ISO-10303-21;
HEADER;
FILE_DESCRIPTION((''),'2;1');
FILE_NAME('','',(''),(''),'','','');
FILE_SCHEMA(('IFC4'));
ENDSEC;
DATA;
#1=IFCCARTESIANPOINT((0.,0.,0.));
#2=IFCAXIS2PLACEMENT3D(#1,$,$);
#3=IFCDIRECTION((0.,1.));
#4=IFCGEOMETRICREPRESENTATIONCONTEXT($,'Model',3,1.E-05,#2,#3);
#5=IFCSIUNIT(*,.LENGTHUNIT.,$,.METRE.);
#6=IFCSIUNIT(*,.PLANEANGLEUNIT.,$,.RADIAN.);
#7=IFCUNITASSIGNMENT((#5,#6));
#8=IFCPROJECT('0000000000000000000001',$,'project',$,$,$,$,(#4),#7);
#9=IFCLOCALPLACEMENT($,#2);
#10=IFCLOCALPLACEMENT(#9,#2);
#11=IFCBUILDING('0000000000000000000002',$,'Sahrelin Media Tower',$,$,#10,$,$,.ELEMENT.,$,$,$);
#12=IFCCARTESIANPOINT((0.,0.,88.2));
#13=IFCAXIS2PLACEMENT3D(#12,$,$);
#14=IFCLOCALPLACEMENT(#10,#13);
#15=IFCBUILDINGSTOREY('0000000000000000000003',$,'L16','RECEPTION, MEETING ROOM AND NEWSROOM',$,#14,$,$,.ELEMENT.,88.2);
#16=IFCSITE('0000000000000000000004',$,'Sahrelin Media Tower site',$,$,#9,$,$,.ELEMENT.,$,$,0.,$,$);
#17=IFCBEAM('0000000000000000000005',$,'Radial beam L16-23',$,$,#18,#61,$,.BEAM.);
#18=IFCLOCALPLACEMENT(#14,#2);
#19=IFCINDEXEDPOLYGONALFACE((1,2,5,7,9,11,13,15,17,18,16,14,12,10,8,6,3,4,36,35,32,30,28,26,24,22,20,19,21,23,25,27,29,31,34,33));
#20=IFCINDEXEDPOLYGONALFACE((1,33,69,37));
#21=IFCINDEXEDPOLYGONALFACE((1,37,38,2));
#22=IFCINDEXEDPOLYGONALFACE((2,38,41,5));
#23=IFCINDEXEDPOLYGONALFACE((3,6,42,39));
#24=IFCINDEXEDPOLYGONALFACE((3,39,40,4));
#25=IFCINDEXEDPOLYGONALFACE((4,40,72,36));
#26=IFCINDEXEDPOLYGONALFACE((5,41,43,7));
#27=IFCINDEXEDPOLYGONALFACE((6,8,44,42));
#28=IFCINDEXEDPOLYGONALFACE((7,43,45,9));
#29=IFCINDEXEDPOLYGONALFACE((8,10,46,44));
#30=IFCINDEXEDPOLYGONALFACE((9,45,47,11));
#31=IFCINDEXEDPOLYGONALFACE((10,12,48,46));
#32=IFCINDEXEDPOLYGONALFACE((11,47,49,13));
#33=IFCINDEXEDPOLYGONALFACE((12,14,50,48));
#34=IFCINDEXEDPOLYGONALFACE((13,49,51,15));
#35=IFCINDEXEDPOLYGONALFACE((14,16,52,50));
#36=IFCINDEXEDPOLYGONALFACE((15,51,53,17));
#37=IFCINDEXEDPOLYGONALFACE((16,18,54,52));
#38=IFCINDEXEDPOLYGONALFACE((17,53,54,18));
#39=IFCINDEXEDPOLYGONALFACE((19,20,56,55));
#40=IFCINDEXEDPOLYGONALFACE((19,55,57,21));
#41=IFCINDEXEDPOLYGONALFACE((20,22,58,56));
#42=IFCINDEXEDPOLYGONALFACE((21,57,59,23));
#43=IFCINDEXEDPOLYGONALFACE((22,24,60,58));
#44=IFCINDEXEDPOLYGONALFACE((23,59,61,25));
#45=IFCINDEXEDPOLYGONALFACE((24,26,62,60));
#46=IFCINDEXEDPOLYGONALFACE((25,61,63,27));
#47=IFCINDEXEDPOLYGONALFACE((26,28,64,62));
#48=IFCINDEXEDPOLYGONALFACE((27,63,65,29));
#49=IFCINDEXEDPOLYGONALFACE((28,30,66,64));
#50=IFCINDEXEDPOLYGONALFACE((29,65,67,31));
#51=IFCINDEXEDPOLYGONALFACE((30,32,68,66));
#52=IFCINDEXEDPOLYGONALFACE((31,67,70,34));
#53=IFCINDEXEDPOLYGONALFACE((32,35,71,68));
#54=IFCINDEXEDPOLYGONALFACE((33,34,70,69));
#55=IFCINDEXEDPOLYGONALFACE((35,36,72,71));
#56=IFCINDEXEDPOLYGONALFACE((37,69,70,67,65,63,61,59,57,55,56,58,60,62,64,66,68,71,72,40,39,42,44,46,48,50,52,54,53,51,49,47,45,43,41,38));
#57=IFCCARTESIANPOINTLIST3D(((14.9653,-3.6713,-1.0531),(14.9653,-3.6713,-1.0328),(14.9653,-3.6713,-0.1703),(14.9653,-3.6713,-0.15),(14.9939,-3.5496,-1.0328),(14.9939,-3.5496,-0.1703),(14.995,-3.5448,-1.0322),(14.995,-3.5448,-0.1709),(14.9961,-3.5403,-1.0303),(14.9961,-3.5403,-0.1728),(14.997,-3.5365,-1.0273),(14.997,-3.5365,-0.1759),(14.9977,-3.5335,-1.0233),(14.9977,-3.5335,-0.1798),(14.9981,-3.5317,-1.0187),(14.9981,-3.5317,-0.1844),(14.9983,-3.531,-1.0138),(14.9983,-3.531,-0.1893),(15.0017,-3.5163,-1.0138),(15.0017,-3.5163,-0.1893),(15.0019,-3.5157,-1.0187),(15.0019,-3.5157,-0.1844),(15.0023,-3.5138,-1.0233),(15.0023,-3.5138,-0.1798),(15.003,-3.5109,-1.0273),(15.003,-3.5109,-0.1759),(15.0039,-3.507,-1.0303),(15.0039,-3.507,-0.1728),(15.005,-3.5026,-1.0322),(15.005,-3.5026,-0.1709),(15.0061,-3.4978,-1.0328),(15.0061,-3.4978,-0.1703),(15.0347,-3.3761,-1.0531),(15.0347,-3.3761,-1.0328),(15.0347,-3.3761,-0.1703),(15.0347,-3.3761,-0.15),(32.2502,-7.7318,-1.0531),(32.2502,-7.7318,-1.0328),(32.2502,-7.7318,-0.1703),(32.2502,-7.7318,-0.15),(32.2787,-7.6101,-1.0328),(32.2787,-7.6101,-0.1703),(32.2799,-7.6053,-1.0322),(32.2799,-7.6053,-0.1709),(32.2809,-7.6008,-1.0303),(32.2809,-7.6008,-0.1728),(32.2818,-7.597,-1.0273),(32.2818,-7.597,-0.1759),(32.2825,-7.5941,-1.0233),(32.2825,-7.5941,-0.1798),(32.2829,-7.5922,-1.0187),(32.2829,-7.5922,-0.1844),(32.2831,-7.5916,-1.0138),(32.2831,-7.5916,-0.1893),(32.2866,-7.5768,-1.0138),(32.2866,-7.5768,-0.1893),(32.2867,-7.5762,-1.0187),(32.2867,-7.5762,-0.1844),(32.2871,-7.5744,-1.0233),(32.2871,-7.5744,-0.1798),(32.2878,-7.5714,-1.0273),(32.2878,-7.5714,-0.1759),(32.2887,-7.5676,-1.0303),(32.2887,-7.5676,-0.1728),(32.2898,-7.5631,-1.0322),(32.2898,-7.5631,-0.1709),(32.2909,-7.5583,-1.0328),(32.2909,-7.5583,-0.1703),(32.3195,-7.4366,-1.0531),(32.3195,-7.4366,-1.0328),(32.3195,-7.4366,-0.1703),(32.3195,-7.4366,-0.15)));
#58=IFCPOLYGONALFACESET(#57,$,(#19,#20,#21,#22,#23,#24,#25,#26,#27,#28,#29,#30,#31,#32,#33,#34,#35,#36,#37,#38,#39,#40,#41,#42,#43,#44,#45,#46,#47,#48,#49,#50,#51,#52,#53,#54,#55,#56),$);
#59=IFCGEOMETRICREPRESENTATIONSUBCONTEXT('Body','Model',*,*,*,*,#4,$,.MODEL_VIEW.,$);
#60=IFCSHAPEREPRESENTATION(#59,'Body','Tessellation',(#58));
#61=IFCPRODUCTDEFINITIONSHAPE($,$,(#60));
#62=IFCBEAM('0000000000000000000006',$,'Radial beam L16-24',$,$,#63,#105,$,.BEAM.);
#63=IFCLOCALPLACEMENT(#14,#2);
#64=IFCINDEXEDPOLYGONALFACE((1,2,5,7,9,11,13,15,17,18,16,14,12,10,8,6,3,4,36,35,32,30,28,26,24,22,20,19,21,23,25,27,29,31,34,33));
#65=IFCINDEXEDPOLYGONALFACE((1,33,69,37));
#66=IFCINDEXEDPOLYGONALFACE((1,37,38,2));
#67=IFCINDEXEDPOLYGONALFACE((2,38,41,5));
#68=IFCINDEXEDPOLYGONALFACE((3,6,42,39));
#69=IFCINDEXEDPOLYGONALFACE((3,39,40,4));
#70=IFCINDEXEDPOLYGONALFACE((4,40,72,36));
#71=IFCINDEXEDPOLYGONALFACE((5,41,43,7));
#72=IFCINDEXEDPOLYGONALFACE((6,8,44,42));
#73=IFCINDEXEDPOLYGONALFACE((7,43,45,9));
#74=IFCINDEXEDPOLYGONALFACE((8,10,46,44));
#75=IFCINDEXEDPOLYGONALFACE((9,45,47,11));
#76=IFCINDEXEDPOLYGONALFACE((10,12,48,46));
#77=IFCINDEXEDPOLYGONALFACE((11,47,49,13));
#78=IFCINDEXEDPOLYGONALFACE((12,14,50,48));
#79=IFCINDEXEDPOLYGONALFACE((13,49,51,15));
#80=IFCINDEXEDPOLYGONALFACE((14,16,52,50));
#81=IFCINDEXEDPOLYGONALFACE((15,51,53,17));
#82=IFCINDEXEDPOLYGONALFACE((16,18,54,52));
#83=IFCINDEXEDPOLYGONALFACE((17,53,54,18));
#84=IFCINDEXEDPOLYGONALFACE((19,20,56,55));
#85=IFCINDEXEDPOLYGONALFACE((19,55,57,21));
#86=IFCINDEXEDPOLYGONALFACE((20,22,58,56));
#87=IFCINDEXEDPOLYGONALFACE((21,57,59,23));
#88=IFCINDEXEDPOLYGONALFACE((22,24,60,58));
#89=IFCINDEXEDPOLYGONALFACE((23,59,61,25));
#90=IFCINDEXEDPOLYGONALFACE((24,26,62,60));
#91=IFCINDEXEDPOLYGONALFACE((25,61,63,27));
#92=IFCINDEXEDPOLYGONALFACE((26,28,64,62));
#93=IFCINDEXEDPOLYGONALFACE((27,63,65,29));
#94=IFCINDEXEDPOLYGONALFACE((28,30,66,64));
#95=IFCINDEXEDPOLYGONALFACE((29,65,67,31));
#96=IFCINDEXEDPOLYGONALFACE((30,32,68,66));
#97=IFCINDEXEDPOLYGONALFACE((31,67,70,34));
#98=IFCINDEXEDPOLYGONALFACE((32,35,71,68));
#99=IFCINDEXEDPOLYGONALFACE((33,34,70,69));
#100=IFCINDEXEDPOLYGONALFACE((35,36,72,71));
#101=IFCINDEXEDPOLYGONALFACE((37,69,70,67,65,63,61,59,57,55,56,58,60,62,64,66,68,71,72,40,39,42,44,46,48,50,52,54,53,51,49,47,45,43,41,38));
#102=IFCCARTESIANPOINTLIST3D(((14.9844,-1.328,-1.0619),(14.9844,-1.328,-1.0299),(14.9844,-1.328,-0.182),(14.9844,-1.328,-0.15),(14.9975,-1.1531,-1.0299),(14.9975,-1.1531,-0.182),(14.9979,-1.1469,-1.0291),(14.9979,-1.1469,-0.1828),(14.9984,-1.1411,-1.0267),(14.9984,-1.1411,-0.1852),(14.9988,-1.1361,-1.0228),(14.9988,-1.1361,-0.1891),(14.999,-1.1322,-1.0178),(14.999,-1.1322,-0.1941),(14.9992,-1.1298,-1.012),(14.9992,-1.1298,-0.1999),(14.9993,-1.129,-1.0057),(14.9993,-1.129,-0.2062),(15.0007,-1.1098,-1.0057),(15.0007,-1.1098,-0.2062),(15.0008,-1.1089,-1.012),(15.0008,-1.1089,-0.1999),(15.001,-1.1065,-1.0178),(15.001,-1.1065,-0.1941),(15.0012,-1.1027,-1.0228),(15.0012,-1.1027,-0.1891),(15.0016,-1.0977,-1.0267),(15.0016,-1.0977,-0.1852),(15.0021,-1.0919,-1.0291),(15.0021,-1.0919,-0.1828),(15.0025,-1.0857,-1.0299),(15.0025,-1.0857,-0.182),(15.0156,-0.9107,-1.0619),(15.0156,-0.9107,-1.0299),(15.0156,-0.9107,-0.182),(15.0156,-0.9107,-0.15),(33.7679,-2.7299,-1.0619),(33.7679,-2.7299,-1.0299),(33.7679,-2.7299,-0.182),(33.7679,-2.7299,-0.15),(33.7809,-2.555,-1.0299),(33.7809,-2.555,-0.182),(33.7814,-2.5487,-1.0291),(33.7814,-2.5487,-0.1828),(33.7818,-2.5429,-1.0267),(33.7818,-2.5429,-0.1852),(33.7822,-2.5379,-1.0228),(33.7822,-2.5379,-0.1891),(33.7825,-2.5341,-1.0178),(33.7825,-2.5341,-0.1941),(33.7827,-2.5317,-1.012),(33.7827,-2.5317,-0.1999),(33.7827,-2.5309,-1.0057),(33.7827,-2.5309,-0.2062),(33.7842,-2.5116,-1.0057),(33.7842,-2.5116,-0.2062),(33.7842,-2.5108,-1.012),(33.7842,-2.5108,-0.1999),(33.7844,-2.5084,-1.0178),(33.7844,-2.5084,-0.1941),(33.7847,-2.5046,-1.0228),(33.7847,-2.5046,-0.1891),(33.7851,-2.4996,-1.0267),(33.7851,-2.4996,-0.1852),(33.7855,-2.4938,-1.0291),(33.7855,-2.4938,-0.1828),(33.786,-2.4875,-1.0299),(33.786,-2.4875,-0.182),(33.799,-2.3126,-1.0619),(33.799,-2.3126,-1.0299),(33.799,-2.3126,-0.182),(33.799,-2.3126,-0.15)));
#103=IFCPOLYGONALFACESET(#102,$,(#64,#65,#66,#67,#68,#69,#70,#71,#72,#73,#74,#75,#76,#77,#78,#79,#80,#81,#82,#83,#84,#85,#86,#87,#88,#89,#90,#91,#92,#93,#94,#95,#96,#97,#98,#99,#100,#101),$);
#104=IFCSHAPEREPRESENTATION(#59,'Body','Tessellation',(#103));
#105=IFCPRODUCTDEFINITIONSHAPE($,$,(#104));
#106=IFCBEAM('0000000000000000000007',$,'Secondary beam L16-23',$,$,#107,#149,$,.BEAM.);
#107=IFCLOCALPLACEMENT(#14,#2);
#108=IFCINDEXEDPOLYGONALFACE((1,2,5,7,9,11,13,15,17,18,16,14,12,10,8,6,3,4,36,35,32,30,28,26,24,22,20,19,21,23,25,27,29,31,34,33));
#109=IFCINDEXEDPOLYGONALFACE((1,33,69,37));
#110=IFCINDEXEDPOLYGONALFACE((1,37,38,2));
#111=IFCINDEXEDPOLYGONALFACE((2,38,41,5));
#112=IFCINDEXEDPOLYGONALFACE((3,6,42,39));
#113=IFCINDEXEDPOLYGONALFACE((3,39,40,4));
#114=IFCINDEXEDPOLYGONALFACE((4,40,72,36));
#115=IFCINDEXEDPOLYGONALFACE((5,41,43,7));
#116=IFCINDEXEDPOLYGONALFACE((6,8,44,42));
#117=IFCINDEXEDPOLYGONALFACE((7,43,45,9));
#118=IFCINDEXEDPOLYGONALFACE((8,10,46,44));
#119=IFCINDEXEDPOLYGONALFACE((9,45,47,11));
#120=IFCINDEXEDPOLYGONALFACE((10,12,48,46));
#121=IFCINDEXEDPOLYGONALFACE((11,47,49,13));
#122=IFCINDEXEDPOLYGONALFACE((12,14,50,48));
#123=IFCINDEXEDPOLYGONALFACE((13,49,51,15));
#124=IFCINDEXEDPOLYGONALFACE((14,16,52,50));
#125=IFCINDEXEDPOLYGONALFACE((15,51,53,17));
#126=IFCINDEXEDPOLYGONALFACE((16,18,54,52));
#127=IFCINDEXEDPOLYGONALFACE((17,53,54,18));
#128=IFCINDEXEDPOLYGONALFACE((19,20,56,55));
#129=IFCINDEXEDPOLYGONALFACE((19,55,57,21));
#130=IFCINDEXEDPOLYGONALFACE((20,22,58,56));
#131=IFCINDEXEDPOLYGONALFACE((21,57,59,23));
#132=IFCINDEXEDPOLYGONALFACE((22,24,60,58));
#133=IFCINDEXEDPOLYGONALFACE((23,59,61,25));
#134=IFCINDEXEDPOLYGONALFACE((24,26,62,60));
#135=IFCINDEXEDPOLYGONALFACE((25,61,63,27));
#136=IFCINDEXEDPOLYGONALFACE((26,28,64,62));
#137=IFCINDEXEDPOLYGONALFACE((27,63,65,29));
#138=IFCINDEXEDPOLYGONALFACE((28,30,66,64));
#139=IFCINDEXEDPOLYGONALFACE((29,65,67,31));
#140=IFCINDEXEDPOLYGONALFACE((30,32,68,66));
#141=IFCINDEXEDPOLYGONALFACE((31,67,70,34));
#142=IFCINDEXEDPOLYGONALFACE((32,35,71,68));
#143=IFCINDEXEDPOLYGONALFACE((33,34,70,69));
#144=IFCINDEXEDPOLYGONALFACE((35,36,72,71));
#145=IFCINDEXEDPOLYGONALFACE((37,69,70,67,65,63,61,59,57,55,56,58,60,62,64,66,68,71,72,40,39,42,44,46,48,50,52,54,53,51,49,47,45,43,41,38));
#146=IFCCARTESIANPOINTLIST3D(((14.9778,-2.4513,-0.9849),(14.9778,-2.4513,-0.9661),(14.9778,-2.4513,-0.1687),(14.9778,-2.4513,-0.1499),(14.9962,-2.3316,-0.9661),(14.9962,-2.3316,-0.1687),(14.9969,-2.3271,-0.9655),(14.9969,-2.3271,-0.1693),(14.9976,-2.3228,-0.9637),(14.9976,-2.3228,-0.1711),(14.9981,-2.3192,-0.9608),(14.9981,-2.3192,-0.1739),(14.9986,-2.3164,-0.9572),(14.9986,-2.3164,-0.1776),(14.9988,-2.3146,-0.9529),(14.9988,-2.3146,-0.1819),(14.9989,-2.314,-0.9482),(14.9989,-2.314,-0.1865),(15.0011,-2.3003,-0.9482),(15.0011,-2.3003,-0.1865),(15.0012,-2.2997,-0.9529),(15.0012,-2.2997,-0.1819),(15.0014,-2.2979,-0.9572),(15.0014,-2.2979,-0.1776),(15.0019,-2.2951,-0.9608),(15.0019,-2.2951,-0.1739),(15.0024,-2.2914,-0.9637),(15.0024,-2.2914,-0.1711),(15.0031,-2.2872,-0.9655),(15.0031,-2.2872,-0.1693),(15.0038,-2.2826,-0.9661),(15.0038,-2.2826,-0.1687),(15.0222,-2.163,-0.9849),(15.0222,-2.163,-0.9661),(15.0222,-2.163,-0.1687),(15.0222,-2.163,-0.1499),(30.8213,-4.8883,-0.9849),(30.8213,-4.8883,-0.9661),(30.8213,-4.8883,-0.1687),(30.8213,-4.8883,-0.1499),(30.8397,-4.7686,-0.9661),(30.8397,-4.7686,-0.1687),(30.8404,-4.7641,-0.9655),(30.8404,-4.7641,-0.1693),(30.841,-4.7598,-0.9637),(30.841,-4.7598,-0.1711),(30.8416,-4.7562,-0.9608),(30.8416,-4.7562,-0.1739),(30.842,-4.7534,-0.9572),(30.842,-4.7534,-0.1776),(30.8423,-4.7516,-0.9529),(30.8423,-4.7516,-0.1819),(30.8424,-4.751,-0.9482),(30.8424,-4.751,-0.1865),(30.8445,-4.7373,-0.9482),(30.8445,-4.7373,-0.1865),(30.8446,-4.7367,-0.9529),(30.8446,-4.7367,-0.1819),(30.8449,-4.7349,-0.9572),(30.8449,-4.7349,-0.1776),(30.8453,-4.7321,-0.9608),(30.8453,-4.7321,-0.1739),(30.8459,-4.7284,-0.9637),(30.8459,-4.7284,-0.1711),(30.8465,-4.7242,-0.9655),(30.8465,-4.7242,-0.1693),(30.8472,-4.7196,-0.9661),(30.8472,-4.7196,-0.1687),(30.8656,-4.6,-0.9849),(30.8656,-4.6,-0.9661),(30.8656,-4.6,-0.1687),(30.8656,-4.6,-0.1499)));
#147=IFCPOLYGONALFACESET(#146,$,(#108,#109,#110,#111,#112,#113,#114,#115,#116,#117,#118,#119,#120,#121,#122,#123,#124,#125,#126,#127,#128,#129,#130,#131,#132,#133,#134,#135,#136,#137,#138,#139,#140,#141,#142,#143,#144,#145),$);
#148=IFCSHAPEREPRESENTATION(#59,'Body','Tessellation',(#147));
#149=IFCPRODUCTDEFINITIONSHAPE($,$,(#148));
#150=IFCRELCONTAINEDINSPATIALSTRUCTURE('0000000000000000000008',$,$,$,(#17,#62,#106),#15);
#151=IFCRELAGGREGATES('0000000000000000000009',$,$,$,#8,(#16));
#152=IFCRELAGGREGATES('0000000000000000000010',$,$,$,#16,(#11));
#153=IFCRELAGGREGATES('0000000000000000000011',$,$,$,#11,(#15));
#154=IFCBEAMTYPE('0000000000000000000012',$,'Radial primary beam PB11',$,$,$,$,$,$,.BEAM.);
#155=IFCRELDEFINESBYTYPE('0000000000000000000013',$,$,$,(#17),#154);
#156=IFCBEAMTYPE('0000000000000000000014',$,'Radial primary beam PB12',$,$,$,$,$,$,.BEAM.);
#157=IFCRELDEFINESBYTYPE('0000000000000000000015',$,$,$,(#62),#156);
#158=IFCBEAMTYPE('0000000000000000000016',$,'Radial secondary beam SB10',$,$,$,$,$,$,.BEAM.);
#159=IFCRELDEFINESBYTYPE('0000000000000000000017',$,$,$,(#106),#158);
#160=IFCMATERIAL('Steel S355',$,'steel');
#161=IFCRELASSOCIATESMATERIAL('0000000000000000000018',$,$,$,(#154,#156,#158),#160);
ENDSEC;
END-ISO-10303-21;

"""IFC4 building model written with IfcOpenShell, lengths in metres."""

from ifc_helpers import new_model, si_unit, direction, frame, origin, origin_2d, place, context, subcontext, project, spatial, i_section, extrude, material, material_profile, profile_set, type_object, element, save


model = new_model("IFC4")

# Units and contexts
model_context = context("Model", 3, precision=1e-05, world=origin(), true_north=direction((0.0, 1.0)))
body_context = subcontext(model_context, "Body", "Model", "MODEL_VIEW")
ifc_project = project(units=[si_unit("LENGTHUNIT", "METRE"), si_unit("PLANEANGLEUNIT", "RADIAN")], contexts=[model_context])

# Site, building, storey
site_placement = place(None, origin())
site = spatial("IfcSite", under=ifc_project, at=site_placement, Name="Sahrelin Media Tower site", CompositionType="ELEMENT", RefElevation=0.0)
building_placement = place(site_placement, origin())
building = spatial("IfcBuilding", under=site, at=building_placement, Name="Sahrelin Media Tower", CompositionType="ELEMENT")
storey_placement = place(building_placement, frame((0.0, 0.0, 88.2)))
storey = spatial("IfcBuildingStorey", under=building, at=storey_placement, Name="L16", Description="RECEPTION, MEETING ROOM AND NEWSROOM", CompositionType="ELEMENT", Elevation=88.2)

# Shared definitions
ifc_material_1 = material(Name="Steel S355", Category="steel")

# Beams
ifc_material_profile_1 = material_profile(ifc_material_1, i_section(OverallWidth=0.3032, OverallDepth=0.9031, WebThickness=0.0151, FlangeThickness=0.0203, FilletRadius=0.019, at=origin_2d()), Name="UB 914x305x201")
ifc_profile_set_1 = profile_set([ifc_material_profile_1], Name="Steel S355")
beam_type_1 = type_object("IfcBeamType", Name="Radial primary beam PB11", PredefinedType="BEAM", material=ifc_profile_set_1)
beam_1_placement = place(storey_placement, frame((15.0, -3.5237, -0.6016), z_axis=(0.973499, -0.228693, 0.0), x_axis=(0.228693, 0.973499, 0.0)))
element("IfcBeam", 1, at=beam_1_placement, inside=storey, type_object=beam_type_1, Name="Radial beam L16-23", PredefinedType="BEAM", context=body_context, shape_type="SweptSolid", body=[
    extrude(i_section(OverallWidth=0.3032, OverallDepth=0.9031, WebThickness=0.0151, FlangeThickness=0.0203, FilletRadius=0.019, at=origin_2d()), origin(), (0.0, 0.0, 1.0), 17.7554),
])
ifc_material_profile_2 = material_profile(ifc_material_1, i_section(OverallWidth=0.4185, OverallDepth=0.9119, WebThickness=0.0193, FlangeThickness=0.032, FilletRadius=0.0242, at=origin_2d()), Name="UB 914x419x343")
ifc_profile_set_2 = profile_set([ifc_material_profile_2], Name="Steel S355")
beam_type_2 = type_object("IfcBeamType", Name="Radial primary beam PB12", PredefinedType="BEAM", material=ifc_profile_set_2)
beam_2_placement = place(storey_placement, frame((15.0, -1.1194, -0.606), z_axis=(0.997227, -0.074426, 0.0), x_axis=(0.074426, 0.997227, 0.0)))
element("IfcBeam", 2, at=beam_2_placement, inside=storey, type_object=beam_type_2, Name="Radial beam L16-24", PredefinedType="BEAM", context=body_context, shape_type="SweptSolid", body=[
    extrude(i_section(OverallWidth=0.4185, OverallDepth=0.9119, WebThickness=0.0193, FlangeThickness=0.032, FilletRadius=0.0242, at=origin_2d()), origin(), (0.0, 0.0, 1.0), 18.8357),
])
ifc_material_profile_3 = material_profile(ifc_material_1, i_section(OverallWidth=0.2917, OverallDepth=0.835, WebThickness=0.0139, FlangeThickness=0.0188, FilletRadius=0.0178, at=origin_2d()), Name="UB 838x292x176")
ifc_profile_set_3 = profile_set([ifc_material_profile_3], Name="Steel S355")
beam_type_3 = type_object("IfcBeamType", Name="Radial secondary beam SB10", PredefinedType="BEAM", material=ifc_profile_set_3)
beam_3_placement = place(storey_placement, frame((15.0, -2.3071, -0.5674), z_axis=(0.988376, -0.15203, 0.0), x_axis=(0.15203, 0.988376, 0.0)))
element("IfcBeam", 3, at=beam_3_placement, inside=storey, type_object=beam_type_3, Name="Secondary beam L16-23", PredefinedType="BEAM", context=body_context, shape_type="SweptSolid", body=[
    extrude(i_section(OverallWidth=0.2917, OverallDepth=0.835, WebThickness=0.0139, FlangeThickness=0.0188, FilletRadius=0.0178, at=origin_2d()), origin(), (0.0, 0.0, 1.0), 16.0298),
])

save(model, "model.ifc")
